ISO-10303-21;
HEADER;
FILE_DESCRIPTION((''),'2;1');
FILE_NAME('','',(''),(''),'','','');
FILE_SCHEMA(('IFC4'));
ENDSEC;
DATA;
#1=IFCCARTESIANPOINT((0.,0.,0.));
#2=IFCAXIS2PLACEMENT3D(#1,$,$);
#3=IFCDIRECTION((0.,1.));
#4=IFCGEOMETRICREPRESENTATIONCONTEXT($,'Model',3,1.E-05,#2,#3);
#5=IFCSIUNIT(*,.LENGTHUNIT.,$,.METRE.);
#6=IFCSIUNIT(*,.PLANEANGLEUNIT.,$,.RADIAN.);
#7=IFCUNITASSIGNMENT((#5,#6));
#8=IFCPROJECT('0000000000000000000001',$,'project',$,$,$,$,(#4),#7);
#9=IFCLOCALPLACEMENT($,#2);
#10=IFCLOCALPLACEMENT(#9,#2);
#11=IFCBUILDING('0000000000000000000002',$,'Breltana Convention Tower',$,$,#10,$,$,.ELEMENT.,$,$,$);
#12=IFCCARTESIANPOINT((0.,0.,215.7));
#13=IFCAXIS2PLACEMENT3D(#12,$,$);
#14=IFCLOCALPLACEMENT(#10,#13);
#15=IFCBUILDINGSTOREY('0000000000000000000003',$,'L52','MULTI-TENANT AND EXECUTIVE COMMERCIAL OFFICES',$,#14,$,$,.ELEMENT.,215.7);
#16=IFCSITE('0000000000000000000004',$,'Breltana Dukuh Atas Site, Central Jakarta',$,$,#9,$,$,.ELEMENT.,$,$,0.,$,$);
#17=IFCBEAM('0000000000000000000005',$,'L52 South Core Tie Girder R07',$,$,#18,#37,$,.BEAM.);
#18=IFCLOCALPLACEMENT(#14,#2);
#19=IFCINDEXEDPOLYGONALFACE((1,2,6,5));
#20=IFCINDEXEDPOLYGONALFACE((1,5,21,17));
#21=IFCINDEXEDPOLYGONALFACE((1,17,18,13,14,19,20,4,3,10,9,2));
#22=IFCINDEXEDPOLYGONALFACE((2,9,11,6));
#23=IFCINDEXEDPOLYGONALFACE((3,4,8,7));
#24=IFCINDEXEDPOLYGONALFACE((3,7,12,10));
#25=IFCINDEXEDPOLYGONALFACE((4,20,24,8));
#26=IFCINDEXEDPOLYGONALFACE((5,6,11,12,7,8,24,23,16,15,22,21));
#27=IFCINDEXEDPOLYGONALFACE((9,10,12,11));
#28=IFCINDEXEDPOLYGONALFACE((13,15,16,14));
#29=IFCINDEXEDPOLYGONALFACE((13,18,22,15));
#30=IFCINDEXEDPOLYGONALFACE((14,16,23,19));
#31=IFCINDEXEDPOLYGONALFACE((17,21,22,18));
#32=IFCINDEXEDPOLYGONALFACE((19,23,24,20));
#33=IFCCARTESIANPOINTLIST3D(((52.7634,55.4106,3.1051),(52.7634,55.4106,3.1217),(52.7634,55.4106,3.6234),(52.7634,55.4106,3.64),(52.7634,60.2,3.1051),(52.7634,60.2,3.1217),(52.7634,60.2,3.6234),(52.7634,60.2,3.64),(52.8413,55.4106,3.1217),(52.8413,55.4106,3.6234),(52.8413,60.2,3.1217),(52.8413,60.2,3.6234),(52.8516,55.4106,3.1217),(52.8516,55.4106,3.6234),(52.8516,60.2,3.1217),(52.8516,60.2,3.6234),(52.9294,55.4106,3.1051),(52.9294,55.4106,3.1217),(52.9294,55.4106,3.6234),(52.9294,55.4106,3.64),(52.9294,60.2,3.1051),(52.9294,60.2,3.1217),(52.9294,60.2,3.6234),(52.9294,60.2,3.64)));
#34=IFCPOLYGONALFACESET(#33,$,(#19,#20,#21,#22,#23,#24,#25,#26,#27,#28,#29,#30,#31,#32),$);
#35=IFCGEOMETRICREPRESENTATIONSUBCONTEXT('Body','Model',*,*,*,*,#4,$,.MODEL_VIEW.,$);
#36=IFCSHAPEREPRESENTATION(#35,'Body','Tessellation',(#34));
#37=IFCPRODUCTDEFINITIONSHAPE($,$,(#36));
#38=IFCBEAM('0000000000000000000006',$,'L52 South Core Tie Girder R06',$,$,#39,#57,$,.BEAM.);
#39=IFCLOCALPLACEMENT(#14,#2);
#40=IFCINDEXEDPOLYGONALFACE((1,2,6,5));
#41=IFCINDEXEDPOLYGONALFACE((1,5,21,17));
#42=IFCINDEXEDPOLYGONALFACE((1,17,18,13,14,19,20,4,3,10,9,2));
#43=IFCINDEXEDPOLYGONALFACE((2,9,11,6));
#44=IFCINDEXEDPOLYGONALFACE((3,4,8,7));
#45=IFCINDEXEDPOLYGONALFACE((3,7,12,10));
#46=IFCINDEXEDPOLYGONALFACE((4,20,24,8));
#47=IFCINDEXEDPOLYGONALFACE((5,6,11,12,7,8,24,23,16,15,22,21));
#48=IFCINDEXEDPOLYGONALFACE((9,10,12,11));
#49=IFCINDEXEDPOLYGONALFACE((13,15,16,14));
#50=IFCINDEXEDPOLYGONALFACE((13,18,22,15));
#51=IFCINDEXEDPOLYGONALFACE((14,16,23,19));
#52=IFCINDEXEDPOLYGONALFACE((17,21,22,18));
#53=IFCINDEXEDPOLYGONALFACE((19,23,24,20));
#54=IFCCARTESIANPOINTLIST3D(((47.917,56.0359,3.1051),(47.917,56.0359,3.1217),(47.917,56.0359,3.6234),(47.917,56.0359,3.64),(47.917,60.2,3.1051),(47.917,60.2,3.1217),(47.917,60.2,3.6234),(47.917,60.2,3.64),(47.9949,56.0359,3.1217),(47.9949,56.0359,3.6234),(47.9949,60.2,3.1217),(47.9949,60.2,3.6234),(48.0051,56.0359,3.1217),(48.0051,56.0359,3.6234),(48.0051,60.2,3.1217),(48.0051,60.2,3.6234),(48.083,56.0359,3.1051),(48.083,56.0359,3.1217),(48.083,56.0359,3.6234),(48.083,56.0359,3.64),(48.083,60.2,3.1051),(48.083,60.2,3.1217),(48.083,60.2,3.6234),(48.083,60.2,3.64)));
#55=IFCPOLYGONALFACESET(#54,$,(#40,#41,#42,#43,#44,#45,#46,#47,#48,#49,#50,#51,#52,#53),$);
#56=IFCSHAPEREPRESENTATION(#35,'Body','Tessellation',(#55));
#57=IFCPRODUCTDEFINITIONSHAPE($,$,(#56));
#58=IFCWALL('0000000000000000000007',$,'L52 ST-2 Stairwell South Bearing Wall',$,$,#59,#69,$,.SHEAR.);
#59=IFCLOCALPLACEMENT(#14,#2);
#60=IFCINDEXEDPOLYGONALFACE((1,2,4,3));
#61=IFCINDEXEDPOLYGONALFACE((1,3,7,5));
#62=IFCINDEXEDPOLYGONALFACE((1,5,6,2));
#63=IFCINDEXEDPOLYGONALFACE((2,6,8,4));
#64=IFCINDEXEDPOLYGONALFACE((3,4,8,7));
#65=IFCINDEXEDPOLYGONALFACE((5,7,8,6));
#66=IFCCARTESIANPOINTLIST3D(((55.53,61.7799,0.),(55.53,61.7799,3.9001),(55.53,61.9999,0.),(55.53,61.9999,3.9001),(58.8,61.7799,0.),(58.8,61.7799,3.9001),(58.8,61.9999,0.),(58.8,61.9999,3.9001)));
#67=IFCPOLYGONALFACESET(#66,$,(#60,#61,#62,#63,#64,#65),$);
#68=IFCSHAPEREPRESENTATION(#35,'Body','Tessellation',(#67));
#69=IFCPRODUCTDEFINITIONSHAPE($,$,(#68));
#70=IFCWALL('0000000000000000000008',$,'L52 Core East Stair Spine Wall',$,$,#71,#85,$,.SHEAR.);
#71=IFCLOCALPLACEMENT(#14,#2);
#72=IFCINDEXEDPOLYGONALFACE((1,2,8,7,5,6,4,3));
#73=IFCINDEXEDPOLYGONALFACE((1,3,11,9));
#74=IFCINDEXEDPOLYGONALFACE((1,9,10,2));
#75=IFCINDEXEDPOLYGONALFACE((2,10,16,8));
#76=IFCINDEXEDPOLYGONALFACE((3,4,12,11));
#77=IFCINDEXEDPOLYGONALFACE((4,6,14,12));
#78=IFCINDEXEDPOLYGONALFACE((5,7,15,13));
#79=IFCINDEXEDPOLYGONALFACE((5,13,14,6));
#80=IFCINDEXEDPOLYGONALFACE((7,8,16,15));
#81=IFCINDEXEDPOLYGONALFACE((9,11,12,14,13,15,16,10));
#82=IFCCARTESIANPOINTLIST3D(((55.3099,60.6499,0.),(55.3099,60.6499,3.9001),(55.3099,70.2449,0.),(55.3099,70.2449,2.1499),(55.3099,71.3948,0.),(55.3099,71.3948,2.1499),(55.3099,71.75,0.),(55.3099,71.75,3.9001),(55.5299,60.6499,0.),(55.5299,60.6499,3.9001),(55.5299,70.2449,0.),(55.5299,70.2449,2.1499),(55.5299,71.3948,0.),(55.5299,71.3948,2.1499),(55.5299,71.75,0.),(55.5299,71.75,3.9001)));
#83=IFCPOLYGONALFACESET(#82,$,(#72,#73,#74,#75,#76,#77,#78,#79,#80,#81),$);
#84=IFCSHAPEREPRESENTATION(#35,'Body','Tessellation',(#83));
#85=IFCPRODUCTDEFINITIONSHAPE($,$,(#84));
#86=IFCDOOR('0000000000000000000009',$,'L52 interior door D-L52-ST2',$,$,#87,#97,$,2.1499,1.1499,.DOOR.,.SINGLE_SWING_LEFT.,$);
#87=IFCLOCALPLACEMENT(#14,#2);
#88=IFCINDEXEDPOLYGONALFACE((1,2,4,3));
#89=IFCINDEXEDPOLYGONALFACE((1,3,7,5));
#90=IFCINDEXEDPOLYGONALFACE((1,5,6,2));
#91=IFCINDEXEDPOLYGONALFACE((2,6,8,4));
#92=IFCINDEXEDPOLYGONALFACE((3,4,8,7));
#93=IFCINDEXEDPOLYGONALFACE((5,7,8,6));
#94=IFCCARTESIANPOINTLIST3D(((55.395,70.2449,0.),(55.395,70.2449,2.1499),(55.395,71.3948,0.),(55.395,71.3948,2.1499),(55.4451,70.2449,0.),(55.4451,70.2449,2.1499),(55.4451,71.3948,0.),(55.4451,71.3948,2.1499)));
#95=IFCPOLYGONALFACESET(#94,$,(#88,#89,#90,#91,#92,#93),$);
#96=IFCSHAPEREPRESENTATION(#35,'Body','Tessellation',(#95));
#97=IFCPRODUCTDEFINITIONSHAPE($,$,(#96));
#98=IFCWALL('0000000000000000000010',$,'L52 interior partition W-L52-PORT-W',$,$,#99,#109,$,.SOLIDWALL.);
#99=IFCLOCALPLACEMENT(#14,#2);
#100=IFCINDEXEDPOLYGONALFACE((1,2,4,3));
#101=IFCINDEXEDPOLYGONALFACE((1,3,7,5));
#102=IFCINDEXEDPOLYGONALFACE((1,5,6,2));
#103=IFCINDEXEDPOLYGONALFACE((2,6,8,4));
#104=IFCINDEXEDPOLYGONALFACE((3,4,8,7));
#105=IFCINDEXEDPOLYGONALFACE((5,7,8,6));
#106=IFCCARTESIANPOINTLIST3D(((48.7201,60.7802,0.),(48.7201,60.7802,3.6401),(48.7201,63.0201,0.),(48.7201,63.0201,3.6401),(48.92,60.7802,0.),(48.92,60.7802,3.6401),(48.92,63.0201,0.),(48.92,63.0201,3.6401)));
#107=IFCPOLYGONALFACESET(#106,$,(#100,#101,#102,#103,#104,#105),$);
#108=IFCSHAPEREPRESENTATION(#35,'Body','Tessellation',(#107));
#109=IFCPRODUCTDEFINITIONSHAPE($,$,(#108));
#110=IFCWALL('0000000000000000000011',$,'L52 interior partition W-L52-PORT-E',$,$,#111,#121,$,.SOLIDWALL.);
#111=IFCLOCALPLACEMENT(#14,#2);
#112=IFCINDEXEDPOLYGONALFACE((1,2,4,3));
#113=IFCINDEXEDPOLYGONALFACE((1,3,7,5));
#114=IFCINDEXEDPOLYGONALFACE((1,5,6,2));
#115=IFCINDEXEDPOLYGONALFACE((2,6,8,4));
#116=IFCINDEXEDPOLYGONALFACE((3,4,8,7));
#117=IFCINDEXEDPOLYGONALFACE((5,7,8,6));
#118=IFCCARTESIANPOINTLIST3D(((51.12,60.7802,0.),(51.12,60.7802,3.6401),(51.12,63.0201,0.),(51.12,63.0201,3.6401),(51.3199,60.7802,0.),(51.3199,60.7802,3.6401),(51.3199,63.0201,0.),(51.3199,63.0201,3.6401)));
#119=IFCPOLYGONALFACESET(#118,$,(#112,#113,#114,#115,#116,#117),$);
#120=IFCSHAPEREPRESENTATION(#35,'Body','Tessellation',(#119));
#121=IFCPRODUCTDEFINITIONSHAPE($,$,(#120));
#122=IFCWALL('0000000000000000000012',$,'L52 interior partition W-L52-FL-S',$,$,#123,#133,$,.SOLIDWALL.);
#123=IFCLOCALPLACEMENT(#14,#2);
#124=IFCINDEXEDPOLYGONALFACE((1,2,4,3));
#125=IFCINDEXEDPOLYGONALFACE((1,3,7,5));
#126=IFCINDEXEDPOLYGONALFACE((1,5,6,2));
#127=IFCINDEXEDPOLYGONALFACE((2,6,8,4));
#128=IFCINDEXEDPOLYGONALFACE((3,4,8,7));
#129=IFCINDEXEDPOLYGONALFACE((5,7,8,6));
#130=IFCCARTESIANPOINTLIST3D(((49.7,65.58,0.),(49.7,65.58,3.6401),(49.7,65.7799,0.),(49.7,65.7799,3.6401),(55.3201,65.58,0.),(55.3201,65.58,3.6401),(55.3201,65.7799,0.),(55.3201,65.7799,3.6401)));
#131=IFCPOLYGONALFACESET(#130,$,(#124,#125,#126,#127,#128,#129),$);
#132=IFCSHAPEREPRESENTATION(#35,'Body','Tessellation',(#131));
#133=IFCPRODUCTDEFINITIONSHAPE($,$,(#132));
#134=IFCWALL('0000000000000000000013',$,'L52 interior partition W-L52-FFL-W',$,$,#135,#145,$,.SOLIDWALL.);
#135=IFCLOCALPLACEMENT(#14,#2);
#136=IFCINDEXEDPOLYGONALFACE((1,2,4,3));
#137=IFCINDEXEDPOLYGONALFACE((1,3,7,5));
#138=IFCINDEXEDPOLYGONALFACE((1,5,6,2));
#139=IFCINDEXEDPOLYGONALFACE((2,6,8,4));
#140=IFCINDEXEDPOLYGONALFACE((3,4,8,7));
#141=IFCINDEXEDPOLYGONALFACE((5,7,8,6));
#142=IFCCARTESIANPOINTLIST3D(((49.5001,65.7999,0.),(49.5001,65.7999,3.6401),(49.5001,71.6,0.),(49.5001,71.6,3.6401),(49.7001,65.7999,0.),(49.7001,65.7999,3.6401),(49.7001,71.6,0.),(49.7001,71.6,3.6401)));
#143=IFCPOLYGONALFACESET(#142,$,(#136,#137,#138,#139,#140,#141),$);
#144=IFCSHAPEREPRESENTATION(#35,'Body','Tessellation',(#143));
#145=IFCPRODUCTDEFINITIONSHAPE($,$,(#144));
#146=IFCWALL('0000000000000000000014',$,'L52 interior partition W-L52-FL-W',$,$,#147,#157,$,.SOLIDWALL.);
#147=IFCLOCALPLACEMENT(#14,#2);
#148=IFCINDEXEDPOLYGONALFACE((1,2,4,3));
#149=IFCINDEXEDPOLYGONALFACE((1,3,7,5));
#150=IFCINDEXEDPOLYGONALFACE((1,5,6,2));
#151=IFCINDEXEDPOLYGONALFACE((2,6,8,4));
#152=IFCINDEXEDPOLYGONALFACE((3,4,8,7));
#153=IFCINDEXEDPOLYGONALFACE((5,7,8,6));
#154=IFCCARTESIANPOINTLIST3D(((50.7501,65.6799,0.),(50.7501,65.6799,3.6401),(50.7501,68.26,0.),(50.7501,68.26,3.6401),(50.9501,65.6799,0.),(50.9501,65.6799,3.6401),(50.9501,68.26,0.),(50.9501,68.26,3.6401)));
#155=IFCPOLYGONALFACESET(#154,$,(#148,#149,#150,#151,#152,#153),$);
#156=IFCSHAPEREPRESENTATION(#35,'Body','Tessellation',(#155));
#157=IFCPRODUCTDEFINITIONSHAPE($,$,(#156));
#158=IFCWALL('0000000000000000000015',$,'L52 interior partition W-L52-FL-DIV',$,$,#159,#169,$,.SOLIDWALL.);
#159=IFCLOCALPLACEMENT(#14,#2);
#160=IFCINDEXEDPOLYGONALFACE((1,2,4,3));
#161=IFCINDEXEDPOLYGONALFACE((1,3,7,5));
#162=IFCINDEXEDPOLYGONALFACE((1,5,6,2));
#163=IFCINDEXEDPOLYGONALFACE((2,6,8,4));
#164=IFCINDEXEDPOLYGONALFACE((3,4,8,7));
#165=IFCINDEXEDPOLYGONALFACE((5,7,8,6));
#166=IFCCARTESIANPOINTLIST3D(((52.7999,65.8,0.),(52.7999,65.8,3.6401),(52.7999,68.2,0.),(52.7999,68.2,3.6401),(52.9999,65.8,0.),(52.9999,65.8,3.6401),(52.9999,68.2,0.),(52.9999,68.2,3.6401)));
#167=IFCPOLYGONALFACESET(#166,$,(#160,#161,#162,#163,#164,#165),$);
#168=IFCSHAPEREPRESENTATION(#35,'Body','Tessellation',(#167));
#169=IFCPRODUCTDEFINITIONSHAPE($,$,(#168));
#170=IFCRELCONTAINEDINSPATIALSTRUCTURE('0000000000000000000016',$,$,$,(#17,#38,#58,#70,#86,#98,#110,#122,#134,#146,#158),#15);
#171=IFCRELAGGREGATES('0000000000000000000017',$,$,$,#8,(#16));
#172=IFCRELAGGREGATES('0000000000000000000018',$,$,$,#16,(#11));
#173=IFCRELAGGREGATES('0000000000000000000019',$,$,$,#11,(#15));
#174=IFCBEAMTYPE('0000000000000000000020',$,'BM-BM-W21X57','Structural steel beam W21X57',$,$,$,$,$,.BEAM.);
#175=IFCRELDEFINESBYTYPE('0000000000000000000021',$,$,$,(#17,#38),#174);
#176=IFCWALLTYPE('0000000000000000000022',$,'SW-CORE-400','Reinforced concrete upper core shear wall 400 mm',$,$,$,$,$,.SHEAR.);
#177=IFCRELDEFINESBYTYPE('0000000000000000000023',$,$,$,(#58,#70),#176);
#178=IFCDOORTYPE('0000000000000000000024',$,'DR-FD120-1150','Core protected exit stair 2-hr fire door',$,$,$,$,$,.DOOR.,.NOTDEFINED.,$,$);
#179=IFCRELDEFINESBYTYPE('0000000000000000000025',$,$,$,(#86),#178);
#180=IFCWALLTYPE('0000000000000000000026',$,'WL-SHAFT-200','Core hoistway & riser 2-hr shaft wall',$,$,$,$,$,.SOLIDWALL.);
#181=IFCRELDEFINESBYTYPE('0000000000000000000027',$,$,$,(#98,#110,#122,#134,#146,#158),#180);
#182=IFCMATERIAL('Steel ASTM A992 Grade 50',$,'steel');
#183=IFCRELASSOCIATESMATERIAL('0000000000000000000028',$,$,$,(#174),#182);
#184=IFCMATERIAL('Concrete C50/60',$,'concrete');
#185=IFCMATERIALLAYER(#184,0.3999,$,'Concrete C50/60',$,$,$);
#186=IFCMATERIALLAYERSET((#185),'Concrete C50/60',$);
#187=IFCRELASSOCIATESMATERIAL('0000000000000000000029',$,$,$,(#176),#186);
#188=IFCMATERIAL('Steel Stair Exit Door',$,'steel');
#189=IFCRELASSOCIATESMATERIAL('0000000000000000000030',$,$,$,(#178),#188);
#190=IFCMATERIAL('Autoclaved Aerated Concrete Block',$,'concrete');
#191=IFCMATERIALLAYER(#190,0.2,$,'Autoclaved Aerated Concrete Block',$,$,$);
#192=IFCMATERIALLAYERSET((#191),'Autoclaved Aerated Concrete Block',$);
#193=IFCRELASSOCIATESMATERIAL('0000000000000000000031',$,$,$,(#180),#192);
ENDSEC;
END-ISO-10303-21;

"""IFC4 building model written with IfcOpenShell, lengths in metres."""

from ifc_helpers import new_model, si_unit, direction, frame, frame_2d, origin, origin_2d, place, context, subcontext, project, spatial, rectangle, i_section, extrude, source, transform, mapped, material, layer, layer_set, material_profile, profile_set, type_object, type_shapes, element, fill, save


model = new_model("IFC4")

# Units and contexts
model_context = context("Model", 3, precision=1e-05, world=origin(), true_north=direction((0.0, 1.0)))
body_context = subcontext(model_context, "Body", "Model", "MODEL_VIEW")
ifc_project = project(units=[si_unit("LENGTHUNIT", "METRE"), si_unit("PLANEANGLEUNIT", "RADIAN")], contexts=[model_context])

# Site, building, storey
site_placement = place(None, origin())
site = spatial("IfcSite", under=ifc_project, at=site_placement, Name="Breltana Dukuh Atas Site, Central Jakarta", CompositionType="ELEMENT", RefElevation=0.0)
building_placement = place(site_placement, origin())
building = spatial("IfcBuilding", under=site, at=building_placement, Name="Breltana Convention Tower", CompositionType="ELEMENT")
storey_placement = place(building_placement, frame((0.0, 0.0, 215.7)))
storey = spatial("IfcBuildingStorey", under=building, at=storey_placement, Name="L52", Description="MULTI-TENANT AND EXECUTIVE COMMERCIAL OFFICES", CompositionType="ELEMENT", Elevation=215.7)

# Beams
ifc_material_1 = material(Name="Steel ASTM A992 Grade 50", Category="steel")
ifc_material_profile = material_profile(ifc_material_1, i_section(OverallWidth=0.166, OverallDepth=0.5349, WebThickness=0.0103, FlangeThickness=0.0166, at=origin_2d()), Name="W21X57")
ifc_profile_set = profile_set([ifc_material_profile], Name="Steel ASTM A992 Grade 50")
beam_type = type_object("IfcBeamType", Name="BM-BM-W21X57", Description="Structural steel beam W21X57", PredefinedType="BEAM", material=ifc_profile_set)
shared_shape_1 = source(origin(), body_context, "Body", "SweptSolid", [
    extrude(i_section(OverallWidth=0.166, OverallDepth=0.5349, WebThickness=0.0103, FlangeThickness=0.0166, at=origin_2d()), origin(), (0.0, 0.0, 1.0), 4.7893),
])
beam_1_placement = place(storey_placement, frame((52.8464, 60.2, 3.3726), z_axis=(0.0, -1.0, 0.0), x_axis=(1.0, 0.0, 0.0)))
element("IfcBeam", 1, at=beam_1_placement, inside=storey, type_object=beam_type, Name="L52 South Core Tie Girder R07", PredefinedType="BEAM", context=body_context, shape_type="MappedRepresentation", body=[
    mapped(shared_shape_1, transform((0.0, 0.0, 0.0), scale=1.0)),
])
shared_shape_2 = source(origin(), body_context, "Body", "SweptSolid", [
    extrude(i_section(OverallWidth=0.166, OverallDepth=0.5349, WebThickness=0.0103, FlangeThickness=0.0166, at=origin_2d()), origin(), (0.0, 0.0, 1.0), 4.1641),
])
beam_2_placement = place(storey_placement, frame((48.0, 60.2, 3.3726), z_axis=(0.0, -1.0, 0.0), x_axis=(1.0, 0.0, 0.0)))
element("IfcBeam", 2, at=beam_2_placement, inside=storey, type_object=beam_type, Name="L52 South Core Tie Girder R06", PredefinedType="BEAM", context=body_context, shape_type="MappedRepresentation", body=[
    mapped(shared_shape_2, transform((0.0, 0.0, 0.0), scale=1.0)),
])

# Wall
ifc_material_2 = material(Name="Concrete C50/60", Category="concrete")
ifc_layer_1 = layer(ifc_material_2, 0.3999, Name="Concrete C50/60")
ifc_layer_set_1 = layer_set([ifc_layer_1], Name="Concrete C50/60")
wall_type_1 = type_object("IfcWallType", Name="SW-CORE-400", Description="Reinforced concrete upper core shear wall 400 mm", PredefinedType="SHEAR", material=ifc_layer_set_1)
shared_shape_3 = source(origin(), body_context, "Body", "SweptSolid", [
    extrude(rectangle(XDim=3.27, YDim=0.22, at=frame_2d((1.635, 0.0))), origin(), (0.0, 0.0, 1.0), 3.9001),
])
wall_1_placement = place(storey_placement, frame((55.53, 61.8899, 0.0), z_axis=(0.0, 0.0, 1.0), x_axis=(1.0, 0.0, 0.0)))
element("IfcWall", 3, at=wall_1_placement, inside=storey, type_object=wall_type_1, Name="L52 ST-2 Stairwell South Bearing Wall", PredefinedType="SHEAR", context=body_context, shape_type="MappedRepresentation", body=[
    mapped(shared_shape_3, transform((0.0, 0.0, 0.0), scale=1.0)),
])

# Wall, opening, door
shared_shape_4 = source(origin(), body_context, "Body", "SweptSolid", [
    extrude(rectangle(XDim=11.1001, YDim=0.22, at=frame_2d((5.55, 0.0))), origin(), (0.0, 0.0, 1.0), 3.9001),
])
wall_2_placement = place(storey_placement, frame((55.4199, 60.6499, 0.0), z_axis=(0.0, 0.0, 1.0), x_axis=(0.0, 1.0, 0.0)))
wall_2 = element("IfcWall", 4, at=wall_2_placement, inside=storey, type_object=wall_type_1, Name="L52 Core East Stair Spine Wall", PredefinedType="SHEAR", context=body_context, shape_type="MappedRepresentation", body=[
    mapped(shared_shape_4, transform((0.0, 0.0, 0.0), scale=1.0)),
])
opening_1_placement = place(wall_2_placement, frame((9.595, 0.0, 0.0)))
opening_1 = element("IfcOpeningElement", 5, at=opening_1_placement, cuts=wall_2, PredefinedType="OPENING", context=body_context, shape_type="SweptSolid", body=[
    extrude(rectangle(XDim=1.1499, YDim=2.1499, at=frame_2d((0.575, 1.075))), frame((0.0, 0.1201, 0.0), z_axis=(0.0, -1.0, 0.0), x_axis=(1.0, 0.0, 0.0)), (0.0, 0.0, 1.0), 0.24),
])
ifc_material_3 = material(Name="Steel Stair Exit Door", Category="steel")
door_type_1 = type_object("IfcDoorType", Name="DR-FD120-1150", Description="Core protected exit stair 2-hr fire door", OperationType="NOTDEFINED", PredefinedType="DOOR", material=ifc_material_3)
shared_shape_5 = source(origin(), body_context, "Body", "SweptSolid", [
    extrude(rectangle(XDim=1.1499, YDim=2.1499, at=frame_2d((0.575, 1.075))), frame((0.0, 0.0249, 0.0), z_axis=(0.0, -1.0, 0.0), x_axis=(1.0, 0.0, 0.0)), (0.0, 0.0, 1.0), 0.05),
])
type_shapes(door_type_1, [shared_shape_5])
door_1_placement = place(opening_1_placement, origin())
door_1 = element("IfcDoor", 6, at=door_1_placement, inside=storey, type_object=door_type_1, Name="L52 interior door D-L52-ST2", OperationType="SINGLE_SWING_LEFT", OverallHeight=2.1499, OverallWidth=1.1499, PredefinedType="DOOR", context=body_context, shape_type="MappedRepresentation", body=[
    mapped(shared_shape_5, transform((0.0, 0.0, 0.0), scale=1.0)),
])
fill(opening_1, door_1)

# Walls
ifc_material_4 = material(Name="Autoclaved Aerated Concrete Block", Category="concrete")
ifc_layer_2 = layer(ifc_material_4, 0.2, Name="Autoclaved Aerated Concrete Block")
ifc_layer_set_2 = layer_set([ifc_layer_2], Name="Autoclaved Aerated Concrete Block")
wall_type_2 = type_object("IfcWallType", Name="WL-SHAFT-200", Description="Core hoistway & riser 2-hr shaft wall", PredefinedType="SOLIDWALL", material=ifc_layer_set_2)
shared_shape_6 = source(origin(), body_context, "Body", "SweptSolid", [
    extrude(rectangle(XDim=2.24, YDim=0.2, at=frame_2d((1.1201, 0.0))), origin(), (0.0, 0.0, 1.0), 3.6401),
])
for number, where, z_axis, x_axis, name in (
    (7, (48.8201, 60.78, 0.0), (0.0, 0.0, 1.0), (0.0, 1.0, 0.0), "L52 interior partition W-L52-PORT-W"),
    (8, (51.22, 60.78, 0.0), (0.0, 0.0, 1.0), (0.0, 1.0, 0.0), "L52 interior partition W-L52-PORT-E"),
):
    element("IfcWall", number, at=place(storey_placement, frame(where, z_axis=z_axis, x_axis=x_axis)), inside=storey, type_object=wall_type_2, Name=name, PredefinedType="SOLIDWALL", context=body_context, shape_type="MappedRepresentation", body=[
        mapped(shared_shape_6, transform((0.0, 0.0, 0.0), scale=1.0)),
    ])

# Shared definitions
shared_shape_7 = source(origin(), body_context, "Body", "SweptSolid", [
    extrude(rectangle(XDim=5.6201, YDim=0.2, at=frame_2d((2.8101, 0.0))), origin(), (0.0, 0.0, 1.0), 3.6401),
])

# Walls
wall_3_placement = place(storey_placement, frame((49.7, 65.6799, 0.0), z_axis=(0.0, 0.0, 1.0), x_axis=(1.0, 0.0, 0.0)))
element("IfcWall", 9, at=wall_3_placement, inside=storey, type_object=wall_type_2, Name="L52 interior partition W-L52-FL-S", PredefinedType="SOLIDWALL", context=body_context, shape_type="MappedRepresentation", body=[
    mapped(shared_shape_7, transform((0.0, 0.0, 0.0), scale=1.0)),
])
shared_shape_8 = source(origin(), body_context, "Body", "SweptSolid", [
    extrude(rectangle(XDim=5.8, YDim=0.2, at=frame_2d((2.8999, 0.0))), origin(), (0.0, 0.0, 1.0), 3.6401),
])
wall_4_placement = place(storey_placement, frame((49.6001, 65.8, 0.0), z_axis=(0.0, 0.0, 1.0), x_axis=(0.0, 1.0, 0.0)))
element("IfcWall", 10, at=wall_4_placement, inside=storey, type_object=wall_type_2, Name="L52 interior partition W-L52-FFL-W", PredefinedType="SOLIDWALL", context=body_context, shape_type="MappedRepresentation", body=[
    mapped(shared_shape_8, transform((0.0, 0.0, 0.0), scale=1.0)),
])
shared_shape_9 = source(origin(), body_context, "Body", "SweptSolid", [
    extrude(rectangle(XDim=2.5801, YDim=0.2, at=frame_2d((1.29, 0.0))), origin(), (0.0, 0.0, 1.0), 3.6401),
])
wall_5_placement = place(storey_placement, frame((50.8501, 65.6799, 0.0), z_axis=(0.0, 0.0, 1.0), x_axis=(0.0, 1.0, 0.0)))
element("IfcWall", 11, at=wall_5_placement, inside=storey, type_object=wall_type_2, Name="L52 interior partition W-L52-FL-W", PredefinedType="SOLIDWALL", context=body_context, shape_type="MappedRepresentation", body=[
    mapped(shared_shape_9, transform((0.0, 0.0, 0.0), scale=1.0)),
])
shared_shape_10 = source(origin(), body_context, "Body", "SweptSolid", [
    extrude(rectangle(XDim=2.3999, YDim=0.2, at=frame_2d((1.2, 0.0))), origin(), (0.0, 0.0, 1.0), 3.6401),
])
wall_6_placement = place(storey_placement, frame((52.8999, 65.8, 0.0), z_axis=(0.0, 0.0, 1.0), x_axis=(0.0, 1.0, 0.0)))
element("IfcWall", 12, at=wall_6_placement, inside=storey, type_object=wall_type_2, Name="L52 interior partition W-L52-FL-DIV", PredefinedType="SOLIDWALL", context=body_context, shape_type="MappedRepresentation", body=[
    mapped(shared_shape_10, transform((0.0, 0.0, 0.0), scale=1.0)),
])

save(model, "model.ifc")
